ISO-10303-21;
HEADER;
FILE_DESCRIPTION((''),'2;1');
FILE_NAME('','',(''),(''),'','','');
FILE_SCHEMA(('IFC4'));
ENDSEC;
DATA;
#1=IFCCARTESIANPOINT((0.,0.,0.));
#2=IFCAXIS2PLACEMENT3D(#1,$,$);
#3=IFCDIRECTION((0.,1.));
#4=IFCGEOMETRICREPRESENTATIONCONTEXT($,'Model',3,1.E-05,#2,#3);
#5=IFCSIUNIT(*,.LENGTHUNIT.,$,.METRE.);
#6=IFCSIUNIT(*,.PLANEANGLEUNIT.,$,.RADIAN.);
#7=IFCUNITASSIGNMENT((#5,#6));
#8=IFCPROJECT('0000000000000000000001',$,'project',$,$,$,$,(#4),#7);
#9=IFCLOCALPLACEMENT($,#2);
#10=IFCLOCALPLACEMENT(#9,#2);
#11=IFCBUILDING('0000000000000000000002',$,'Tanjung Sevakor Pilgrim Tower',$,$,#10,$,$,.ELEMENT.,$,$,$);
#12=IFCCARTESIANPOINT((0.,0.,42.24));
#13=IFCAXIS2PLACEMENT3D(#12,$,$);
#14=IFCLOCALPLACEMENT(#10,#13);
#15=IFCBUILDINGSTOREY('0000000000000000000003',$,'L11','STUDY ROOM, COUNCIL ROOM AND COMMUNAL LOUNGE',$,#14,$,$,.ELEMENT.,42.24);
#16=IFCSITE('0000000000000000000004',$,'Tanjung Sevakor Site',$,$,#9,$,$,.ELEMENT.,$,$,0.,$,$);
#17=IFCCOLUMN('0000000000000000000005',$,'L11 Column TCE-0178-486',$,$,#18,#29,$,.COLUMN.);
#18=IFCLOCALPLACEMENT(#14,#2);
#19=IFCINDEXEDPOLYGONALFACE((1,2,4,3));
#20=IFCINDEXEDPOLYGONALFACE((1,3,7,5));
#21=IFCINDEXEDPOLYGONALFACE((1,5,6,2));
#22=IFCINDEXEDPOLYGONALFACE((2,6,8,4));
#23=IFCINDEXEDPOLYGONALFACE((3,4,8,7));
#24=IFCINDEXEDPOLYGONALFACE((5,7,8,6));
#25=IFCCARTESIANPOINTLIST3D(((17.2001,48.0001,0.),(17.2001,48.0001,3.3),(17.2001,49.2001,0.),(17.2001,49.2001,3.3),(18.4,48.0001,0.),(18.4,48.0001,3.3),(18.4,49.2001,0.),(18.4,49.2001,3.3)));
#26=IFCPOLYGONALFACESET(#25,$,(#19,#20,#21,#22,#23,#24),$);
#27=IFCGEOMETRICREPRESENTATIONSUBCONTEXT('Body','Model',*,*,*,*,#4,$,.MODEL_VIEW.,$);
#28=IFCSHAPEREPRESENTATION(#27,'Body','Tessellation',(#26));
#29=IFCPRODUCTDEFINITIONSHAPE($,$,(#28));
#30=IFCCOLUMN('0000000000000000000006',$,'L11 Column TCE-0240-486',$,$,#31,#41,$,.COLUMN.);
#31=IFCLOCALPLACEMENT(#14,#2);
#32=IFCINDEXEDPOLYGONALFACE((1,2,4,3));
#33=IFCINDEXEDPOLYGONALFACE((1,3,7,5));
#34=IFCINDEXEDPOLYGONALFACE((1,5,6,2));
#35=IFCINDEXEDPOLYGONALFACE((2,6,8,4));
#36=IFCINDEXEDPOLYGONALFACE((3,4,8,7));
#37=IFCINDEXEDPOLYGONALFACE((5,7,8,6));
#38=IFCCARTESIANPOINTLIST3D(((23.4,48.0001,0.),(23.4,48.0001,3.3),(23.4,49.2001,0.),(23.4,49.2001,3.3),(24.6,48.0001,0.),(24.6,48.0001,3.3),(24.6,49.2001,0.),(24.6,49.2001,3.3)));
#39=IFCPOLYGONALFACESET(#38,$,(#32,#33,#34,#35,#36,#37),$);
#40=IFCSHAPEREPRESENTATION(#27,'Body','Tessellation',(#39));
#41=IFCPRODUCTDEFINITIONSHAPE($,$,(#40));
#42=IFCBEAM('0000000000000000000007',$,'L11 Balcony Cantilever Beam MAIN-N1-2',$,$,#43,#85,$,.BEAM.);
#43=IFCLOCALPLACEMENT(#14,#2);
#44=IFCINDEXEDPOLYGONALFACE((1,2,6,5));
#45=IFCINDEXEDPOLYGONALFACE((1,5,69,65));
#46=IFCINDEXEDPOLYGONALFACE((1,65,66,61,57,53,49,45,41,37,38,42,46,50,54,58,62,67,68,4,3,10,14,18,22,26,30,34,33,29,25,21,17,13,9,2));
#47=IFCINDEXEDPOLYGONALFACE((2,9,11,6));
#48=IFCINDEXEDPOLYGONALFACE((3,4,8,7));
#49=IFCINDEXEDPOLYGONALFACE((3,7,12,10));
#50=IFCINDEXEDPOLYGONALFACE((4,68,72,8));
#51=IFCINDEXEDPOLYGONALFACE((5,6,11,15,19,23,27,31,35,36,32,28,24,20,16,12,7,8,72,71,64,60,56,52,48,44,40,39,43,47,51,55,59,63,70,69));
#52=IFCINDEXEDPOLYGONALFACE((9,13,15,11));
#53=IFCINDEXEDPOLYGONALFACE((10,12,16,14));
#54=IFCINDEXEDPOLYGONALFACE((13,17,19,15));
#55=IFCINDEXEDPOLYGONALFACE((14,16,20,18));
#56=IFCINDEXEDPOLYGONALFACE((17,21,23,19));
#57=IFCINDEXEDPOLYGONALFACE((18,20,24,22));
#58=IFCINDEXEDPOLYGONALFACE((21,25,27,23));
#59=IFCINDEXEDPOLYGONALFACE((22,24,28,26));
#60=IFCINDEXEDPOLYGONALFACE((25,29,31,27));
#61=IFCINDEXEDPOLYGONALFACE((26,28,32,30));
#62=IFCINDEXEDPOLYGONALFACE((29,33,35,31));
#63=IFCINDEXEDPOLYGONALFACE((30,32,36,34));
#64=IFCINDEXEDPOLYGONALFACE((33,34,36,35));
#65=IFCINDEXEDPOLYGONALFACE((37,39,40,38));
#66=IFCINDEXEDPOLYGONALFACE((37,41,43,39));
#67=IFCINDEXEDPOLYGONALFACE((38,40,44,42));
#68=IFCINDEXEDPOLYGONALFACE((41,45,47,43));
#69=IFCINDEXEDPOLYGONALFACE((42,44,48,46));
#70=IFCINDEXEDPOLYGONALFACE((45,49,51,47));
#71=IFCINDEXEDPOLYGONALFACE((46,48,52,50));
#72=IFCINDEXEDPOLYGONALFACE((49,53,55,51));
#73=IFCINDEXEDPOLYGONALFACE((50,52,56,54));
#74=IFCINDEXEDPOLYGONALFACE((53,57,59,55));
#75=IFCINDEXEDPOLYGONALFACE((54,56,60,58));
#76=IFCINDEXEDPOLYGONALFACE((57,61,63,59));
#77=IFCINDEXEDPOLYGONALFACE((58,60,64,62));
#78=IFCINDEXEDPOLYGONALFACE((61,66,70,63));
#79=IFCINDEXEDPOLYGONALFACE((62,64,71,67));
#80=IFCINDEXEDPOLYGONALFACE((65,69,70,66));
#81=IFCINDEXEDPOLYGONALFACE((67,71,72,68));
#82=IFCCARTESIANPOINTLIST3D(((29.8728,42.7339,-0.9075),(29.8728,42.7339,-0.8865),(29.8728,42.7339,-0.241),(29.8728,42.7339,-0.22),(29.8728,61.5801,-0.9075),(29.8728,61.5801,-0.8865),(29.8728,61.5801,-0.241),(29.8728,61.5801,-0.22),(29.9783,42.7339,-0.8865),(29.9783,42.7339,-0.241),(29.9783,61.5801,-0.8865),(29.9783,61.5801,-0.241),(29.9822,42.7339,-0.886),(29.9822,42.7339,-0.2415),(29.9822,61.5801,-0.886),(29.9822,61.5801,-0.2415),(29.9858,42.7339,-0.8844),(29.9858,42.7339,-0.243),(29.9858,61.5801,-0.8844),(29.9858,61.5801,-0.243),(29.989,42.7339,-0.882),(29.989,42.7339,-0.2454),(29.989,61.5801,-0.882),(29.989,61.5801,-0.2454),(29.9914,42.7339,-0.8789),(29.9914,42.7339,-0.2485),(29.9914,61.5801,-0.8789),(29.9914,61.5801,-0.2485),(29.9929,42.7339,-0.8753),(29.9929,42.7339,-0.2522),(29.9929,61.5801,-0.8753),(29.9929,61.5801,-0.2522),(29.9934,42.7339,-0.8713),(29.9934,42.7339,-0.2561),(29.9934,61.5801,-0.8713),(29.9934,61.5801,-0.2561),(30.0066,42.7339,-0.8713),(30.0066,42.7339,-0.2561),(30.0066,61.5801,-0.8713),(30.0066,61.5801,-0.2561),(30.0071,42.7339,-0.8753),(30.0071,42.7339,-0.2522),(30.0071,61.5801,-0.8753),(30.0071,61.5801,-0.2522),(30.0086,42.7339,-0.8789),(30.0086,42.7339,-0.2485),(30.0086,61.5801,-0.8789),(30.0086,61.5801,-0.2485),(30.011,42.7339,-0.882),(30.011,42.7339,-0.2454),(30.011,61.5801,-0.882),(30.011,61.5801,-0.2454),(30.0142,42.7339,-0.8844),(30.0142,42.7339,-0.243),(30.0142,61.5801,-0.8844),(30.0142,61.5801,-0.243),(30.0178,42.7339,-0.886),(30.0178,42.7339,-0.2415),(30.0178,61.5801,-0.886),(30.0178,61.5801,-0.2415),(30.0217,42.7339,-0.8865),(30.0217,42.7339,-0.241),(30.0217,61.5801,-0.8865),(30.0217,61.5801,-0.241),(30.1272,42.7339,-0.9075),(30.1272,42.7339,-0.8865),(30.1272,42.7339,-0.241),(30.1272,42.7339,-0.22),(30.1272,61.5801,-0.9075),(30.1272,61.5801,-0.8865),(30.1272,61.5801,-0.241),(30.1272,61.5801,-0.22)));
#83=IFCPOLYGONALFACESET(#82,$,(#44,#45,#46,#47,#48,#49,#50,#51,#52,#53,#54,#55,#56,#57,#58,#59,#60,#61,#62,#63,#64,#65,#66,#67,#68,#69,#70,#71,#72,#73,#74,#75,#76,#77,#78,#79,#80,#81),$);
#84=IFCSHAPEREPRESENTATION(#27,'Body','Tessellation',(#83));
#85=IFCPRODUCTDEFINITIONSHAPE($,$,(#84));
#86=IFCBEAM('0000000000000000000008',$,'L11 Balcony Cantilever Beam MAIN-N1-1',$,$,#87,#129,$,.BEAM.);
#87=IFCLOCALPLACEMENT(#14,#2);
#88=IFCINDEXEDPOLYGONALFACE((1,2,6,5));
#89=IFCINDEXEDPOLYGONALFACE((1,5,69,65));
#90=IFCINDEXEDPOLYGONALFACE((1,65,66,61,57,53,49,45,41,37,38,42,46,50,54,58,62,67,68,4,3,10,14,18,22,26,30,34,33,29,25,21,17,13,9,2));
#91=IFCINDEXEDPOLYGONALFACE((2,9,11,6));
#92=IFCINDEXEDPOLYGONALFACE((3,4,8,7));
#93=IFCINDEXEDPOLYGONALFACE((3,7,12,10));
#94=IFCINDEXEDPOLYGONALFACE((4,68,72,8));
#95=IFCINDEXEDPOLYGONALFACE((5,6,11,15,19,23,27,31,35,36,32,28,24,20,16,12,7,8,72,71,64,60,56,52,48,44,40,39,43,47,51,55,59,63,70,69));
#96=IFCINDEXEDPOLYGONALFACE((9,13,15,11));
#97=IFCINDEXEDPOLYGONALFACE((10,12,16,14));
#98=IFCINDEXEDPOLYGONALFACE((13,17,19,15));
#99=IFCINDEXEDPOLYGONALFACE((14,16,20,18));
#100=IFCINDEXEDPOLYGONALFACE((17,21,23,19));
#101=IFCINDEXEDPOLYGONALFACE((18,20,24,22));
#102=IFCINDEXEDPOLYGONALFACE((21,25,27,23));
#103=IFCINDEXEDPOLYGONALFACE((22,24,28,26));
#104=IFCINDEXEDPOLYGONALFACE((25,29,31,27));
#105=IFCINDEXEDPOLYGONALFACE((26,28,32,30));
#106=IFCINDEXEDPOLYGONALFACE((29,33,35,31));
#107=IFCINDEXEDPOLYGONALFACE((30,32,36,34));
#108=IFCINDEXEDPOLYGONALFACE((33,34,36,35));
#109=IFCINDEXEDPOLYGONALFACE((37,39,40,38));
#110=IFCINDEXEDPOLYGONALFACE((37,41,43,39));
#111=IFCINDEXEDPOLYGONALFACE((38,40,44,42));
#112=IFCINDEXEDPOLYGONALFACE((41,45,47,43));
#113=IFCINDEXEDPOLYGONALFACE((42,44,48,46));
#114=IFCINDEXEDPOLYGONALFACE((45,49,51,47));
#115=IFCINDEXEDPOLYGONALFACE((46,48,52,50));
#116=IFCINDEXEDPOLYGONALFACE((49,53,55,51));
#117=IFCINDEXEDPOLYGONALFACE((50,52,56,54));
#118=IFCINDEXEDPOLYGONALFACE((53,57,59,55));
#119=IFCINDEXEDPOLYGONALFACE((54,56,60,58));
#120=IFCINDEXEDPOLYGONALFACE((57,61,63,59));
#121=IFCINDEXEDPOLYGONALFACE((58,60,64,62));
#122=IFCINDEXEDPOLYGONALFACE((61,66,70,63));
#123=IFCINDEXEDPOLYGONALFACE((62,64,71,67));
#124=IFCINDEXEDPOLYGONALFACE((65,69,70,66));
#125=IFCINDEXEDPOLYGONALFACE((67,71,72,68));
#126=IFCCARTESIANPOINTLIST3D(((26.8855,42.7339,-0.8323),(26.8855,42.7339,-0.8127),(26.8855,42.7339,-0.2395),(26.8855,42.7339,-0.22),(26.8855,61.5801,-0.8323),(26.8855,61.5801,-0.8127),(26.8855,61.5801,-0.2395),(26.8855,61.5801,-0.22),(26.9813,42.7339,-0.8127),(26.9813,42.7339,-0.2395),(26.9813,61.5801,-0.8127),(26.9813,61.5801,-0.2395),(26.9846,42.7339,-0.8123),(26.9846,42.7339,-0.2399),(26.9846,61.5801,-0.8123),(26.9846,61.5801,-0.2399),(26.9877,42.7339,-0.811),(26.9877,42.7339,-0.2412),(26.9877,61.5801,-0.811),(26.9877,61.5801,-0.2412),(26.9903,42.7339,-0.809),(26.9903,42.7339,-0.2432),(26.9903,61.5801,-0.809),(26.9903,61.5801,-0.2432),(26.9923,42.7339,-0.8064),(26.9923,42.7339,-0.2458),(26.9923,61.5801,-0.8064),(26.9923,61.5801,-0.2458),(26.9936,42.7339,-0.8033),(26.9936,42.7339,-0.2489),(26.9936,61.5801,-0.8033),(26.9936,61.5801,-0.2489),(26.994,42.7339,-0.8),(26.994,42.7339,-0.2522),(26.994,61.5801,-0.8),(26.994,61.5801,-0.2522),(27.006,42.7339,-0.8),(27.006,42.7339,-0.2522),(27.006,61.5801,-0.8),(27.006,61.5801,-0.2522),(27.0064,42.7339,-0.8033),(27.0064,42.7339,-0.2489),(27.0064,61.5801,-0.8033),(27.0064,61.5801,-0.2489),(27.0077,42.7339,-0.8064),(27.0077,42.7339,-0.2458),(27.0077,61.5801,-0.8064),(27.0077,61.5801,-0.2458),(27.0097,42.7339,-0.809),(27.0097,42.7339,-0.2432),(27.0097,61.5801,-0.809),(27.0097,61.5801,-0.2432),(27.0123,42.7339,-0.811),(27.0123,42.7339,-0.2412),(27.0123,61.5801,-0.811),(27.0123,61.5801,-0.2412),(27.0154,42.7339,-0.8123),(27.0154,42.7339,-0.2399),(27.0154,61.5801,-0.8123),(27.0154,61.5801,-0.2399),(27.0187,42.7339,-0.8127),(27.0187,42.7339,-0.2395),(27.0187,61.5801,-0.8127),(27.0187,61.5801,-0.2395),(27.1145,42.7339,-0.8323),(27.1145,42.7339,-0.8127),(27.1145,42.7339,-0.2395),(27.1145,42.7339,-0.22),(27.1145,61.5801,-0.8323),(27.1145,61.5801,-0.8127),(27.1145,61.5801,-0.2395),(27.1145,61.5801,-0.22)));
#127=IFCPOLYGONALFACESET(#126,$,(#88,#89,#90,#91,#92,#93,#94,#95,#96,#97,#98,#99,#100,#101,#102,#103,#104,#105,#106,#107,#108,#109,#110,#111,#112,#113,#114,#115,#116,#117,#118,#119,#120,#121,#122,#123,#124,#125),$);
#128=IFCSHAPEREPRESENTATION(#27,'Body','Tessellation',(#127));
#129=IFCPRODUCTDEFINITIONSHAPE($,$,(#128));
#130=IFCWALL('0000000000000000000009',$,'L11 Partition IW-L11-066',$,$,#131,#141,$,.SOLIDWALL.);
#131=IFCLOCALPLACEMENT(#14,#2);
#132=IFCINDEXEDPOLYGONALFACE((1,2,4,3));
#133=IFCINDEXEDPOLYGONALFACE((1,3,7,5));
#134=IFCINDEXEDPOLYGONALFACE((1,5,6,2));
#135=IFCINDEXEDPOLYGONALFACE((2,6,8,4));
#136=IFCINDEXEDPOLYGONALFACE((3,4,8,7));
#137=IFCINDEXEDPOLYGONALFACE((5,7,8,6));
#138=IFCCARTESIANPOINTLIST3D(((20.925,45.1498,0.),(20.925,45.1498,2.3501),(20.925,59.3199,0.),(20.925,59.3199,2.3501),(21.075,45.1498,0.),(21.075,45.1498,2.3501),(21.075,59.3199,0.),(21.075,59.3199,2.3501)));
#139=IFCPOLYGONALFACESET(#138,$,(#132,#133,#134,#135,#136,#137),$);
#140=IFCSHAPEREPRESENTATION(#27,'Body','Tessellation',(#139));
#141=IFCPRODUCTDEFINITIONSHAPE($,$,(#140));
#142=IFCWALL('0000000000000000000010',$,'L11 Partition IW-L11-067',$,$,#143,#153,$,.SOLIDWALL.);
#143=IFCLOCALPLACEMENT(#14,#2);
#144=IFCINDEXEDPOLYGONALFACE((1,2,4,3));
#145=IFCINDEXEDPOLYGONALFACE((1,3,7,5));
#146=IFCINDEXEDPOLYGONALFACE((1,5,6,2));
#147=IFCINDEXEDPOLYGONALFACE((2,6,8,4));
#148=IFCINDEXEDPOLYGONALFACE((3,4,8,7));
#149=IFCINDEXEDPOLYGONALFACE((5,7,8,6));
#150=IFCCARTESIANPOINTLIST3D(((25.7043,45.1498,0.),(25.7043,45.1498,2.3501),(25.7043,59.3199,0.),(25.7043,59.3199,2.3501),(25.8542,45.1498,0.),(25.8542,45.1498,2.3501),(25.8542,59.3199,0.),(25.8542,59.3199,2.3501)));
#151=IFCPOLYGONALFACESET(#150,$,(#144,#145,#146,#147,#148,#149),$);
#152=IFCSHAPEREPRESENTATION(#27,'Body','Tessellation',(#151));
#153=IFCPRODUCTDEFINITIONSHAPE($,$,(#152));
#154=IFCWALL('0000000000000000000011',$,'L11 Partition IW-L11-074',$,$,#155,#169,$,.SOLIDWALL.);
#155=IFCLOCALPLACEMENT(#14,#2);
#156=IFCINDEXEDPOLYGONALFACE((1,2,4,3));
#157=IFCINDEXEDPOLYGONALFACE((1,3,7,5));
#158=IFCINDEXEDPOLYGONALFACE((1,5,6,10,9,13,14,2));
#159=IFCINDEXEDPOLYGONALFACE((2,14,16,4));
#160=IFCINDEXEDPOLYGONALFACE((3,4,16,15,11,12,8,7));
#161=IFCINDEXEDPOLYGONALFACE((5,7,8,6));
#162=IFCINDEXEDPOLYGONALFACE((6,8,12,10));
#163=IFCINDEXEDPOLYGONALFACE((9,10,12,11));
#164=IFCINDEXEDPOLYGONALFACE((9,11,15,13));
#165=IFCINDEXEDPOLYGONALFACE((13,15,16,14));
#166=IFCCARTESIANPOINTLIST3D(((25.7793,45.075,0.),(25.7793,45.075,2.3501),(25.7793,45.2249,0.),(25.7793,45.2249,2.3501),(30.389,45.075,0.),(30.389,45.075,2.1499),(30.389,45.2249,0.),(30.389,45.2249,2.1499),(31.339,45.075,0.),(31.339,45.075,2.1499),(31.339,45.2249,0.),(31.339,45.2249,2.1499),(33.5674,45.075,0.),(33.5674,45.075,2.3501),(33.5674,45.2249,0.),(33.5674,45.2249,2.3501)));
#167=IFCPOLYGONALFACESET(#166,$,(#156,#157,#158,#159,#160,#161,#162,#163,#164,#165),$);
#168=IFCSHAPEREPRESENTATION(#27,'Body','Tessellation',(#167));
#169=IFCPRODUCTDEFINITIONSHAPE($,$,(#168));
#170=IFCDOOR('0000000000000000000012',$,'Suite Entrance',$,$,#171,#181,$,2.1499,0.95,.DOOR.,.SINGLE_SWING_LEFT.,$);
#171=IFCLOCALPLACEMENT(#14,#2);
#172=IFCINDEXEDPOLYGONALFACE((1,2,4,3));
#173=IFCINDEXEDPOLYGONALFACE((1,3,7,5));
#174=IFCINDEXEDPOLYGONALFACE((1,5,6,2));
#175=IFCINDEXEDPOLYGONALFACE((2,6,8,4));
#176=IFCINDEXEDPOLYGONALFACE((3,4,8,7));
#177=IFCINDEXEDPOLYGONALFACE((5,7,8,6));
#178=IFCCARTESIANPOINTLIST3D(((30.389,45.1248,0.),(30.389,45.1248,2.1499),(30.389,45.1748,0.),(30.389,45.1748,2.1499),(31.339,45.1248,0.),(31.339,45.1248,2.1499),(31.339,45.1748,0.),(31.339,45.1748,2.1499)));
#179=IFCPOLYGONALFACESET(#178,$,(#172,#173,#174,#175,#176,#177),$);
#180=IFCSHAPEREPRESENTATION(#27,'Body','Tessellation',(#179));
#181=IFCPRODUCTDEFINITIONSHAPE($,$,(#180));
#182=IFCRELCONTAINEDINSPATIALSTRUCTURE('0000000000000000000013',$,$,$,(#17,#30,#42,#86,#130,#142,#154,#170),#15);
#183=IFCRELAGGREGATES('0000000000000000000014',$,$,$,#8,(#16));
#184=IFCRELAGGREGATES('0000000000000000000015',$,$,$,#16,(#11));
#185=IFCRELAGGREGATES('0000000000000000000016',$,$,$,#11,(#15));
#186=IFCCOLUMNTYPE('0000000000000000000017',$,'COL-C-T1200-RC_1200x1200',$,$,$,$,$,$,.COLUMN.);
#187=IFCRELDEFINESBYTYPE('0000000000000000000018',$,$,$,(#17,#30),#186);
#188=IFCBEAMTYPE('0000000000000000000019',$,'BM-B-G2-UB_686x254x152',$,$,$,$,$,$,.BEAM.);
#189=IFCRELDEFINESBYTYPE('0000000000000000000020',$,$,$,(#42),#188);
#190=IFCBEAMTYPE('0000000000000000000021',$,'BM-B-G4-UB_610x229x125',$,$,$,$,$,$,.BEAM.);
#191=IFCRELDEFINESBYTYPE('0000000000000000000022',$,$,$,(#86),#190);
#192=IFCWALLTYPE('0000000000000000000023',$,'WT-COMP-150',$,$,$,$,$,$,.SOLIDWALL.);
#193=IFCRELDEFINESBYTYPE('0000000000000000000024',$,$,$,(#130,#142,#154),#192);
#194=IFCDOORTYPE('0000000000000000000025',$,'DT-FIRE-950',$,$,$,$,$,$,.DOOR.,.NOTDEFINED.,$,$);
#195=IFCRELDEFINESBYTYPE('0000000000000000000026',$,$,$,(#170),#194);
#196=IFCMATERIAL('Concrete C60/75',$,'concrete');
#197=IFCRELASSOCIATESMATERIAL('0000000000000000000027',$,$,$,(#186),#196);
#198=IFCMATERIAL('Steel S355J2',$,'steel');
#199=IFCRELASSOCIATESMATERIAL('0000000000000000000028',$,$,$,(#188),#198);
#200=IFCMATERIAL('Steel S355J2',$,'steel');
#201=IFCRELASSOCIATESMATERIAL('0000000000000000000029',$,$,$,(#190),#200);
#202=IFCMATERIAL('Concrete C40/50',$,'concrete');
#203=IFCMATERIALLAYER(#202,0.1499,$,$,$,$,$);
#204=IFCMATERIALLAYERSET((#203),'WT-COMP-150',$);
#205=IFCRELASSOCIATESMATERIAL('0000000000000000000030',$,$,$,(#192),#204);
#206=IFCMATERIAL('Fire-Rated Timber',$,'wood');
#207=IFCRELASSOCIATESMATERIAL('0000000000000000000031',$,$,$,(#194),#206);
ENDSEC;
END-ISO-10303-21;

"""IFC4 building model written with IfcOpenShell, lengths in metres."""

from ifc_helpers import new_model, si_unit, direction, frame, frame_2d, origin, origin_2d, place, context, subcontext, project, spatial, rectangle, i_section, extrude, material, layer, layer_set, material_profile, profile_set, type_object, element, fill, save


model = new_model("IFC4")

# Units and contexts
model_context = context("Model", 3, precision=1e-05, world=origin(), true_north=direction((0.0, 1.0)))
body_context = subcontext(model_context, "Body", "Model", "MODEL_VIEW")
ifc_project = project(units=[si_unit("LENGTHUNIT", "METRE"), si_unit("PLANEANGLEUNIT", "RADIAN")], contexts=[model_context])

# Site, building, storey
site_placement = place(None, origin())
site = spatial("IfcSite", under=ifc_project, at=site_placement, Name="Tanjung Sevakor Site", CompositionType="ELEMENT", RefElevation=0.0)
building_placement = place(site_placement, origin())
building = spatial("IfcBuilding", under=site, at=building_placement, Name="Tanjung Sevakor Pilgrim Tower", CompositionType="ELEMENT")
storey_placement = place(building_placement, frame((0.0, 0.0, 42.24)))
storey = spatial("IfcBuildingStorey", under=building, at=storey_placement, Name="L11", Description="STUDY ROOM, COUNCIL ROOM AND COMMUNAL LOUNGE", CompositionType="ELEMENT", Elevation=42.24)

# Columns
ifc_material_1 = material(Name="Concrete C60/75", Category="concrete")
ifc_material_profile_1 = material_profile(ifc_material_1, rectangle(XDim=1.2, YDim=1.2, at=origin_2d()))
ifc_profile_set_1 = profile_set([ifc_material_profile_1], Name="Concrete C60/75")
column_type = type_object("IfcColumnType", Name="COL-C-T1200-RC_1200x1200", PredefinedType="COLUMN", material=ifc_profile_set_1)
for number, where, z_axis, x_axis, name in (
    (1, (17.8, 48.6001, 0.0), (0.0, 0.0, 1.0), (1.0, 0.0, 0.0), "L11 Column TCE-0178-486"),
    (2, (24.0, 48.6001, 0.0), (0.0, 0.0, 1.0), (1.0, 0.0, 0.0), "L11 Column TCE-0240-486"),
):
    element("IfcColumn", number, at=place(storey_placement, frame(where, z_axis=z_axis, x_axis=x_axis)), inside=storey, type_object=column_type, Name=name, PredefinedType="COLUMN", context=body_context, shape_type="SweptSolid", body=[
        extrude(rectangle(XDim=1.2, YDim=1.2, at=origin_2d()), origin(), (0.0, 0.0, 1.0), 3.3),
    ])

# Beams
ifc_material_2 = material(Name="Steel S355J2", Category="steel")
ifc_material_profile_2 = material_profile(ifc_material_2, i_section(OverallWidth=0.2544, OverallDepth=0.6875, WebThickness=0.0132, FlangeThickness=0.021, FilletRadius=0.0151, at=origin_2d()))
ifc_profile_set_2 = profile_set([ifc_material_profile_2], Name="Steel S355J2")
beam_type_1 = type_object("IfcBeamType", Name="BM-B-G2-UB_686x254x152", PredefinedType="BEAM", material=ifc_profile_set_2)
beam_1_placement = place(storey_placement, frame((30.0, 42.7339, -0.5637), z_axis=(0.0, 1.0, 0.0), x_axis=(-1.0, 0.0, 0.0)))
element("IfcBeam", 3, at=beam_1_placement, inside=storey, type_object=beam_type_1, Name="L11 Balcony Cantilever Beam MAIN-N1-2", PredefinedType="BEAM", context=body_context, shape_type="SweptSolid", body=[
    extrude(i_section(OverallWidth=0.2544, OverallDepth=0.6875, WebThickness=0.0132, FlangeThickness=0.021, FilletRadius=0.0151, at=origin_2d()), origin(), (0.0, 0.0, 1.0), 18.8462),
])
ifc_material_3 = material(Name="Steel S355J2", Category="steel")
ifc_material_profile_3 = material_profile(ifc_material_3, i_section(OverallWidth=0.229, OverallDepth=0.6123, WebThickness=0.012, FlangeThickness=0.0195, FilletRadius=0.0127, at=origin_2d()))
ifc_profile_set_3 = profile_set([ifc_material_profile_3], Name="Steel S355J2")
beam_type_2 = type_object("IfcBeamType", Name="BM-B-G4-UB_610x229x125", PredefinedType="BEAM", material=ifc_profile_set_3)
beam_2_placement = place(storey_placement, frame((27.0, 42.7339, -0.5261), z_axis=(0.0, 1.0, 0.0), x_axis=(-1.0, 0.0, 0.0)))
element("IfcBeam", 4, at=beam_2_placement, inside=storey, type_object=beam_type_2, Name="L11 Balcony Cantilever Beam MAIN-N1-1", PredefinedType="BEAM", context=body_context, shape_type="SweptSolid", body=[
    extrude(i_section(OverallWidth=0.229, OverallDepth=0.6123, WebThickness=0.012, FlangeThickness=0.0195, FilletRadius=0.0127, at=origin_2d()), origin(), (0.0, 0.0, 1.0), 18.8462),
])

# Walls
ifc_material_4 = material(Name="Concrete C40/50", Category="concrete")
ifc_layer_1 = layer(ifc_material_4, 0.1499)
ifc_layer_set_1 = layer_set([ifc_layer_1], Name="WT-COMP-150")
wall_type_1 = type_object("IfcWallType", Name="WT-COMP-150", PredefinedType="SOLIDWALL", material=ifc_layer_set_1)
for number, where, z_axis, x_axis, name in (
    (5, (21.0, 45.1499, 0.0), (0.0, 0.0, 1.0), (0.0, 1.0, 0.0), "L11 Partition IW-L11-066"),
    (6, (25.7793, 45.1499, 0.0), (0.0, 0.0, 1.0), (0.0, 1.0, 0.0), "L11 Partition IW-L11-067"),
):
    element("IfcWall", number, at=place(storey_placement, frame(where, z_axis=z_axis, x_axis=x_axis)), inside=storey, type_object=wall_type_1, Name=name, PredefinedType="SOLIDWALL", context=body_context, shape_type="SweptSolid", body=[
        extrude(rectangle(XDim=14.1702, YDim=0.1499, at=frame_2d((7.085, 0.0))), origin(), (0.0, 0.0, 1.0), 2.3501),
    ])

# Wall, opening, door
ifc_material_5 = material(Name="Fire-Rated Timber", Category="wood")
door_type_1 = type_object("IfcDoorType", Name="DT-FIRE-950", OperationType="NOTDEFINED", PredefinedType="DOOR", material=ifc_material_5)
wall_1_placement = place(storey_placement, frame((25.7793, 45.1499, 0.0), z_axis=(0.0, 0.0, 1.0), x_axis=(1.0, 0.0, 0.0)))
wall_1 = element("IfcWall", 7, at=wall_1_placement, inside=storey, type_object=wall_type_1, Name="L11 Partition IW-L11-074", PredefinedType="SOLIDWALL", context=body_context, shape_type="SweptSolid", body=[
    extrude(rectangle(XDim=7.7881, YDim=0.1499, at=frame_2d((3.894, 0.0))), origin(), (0.0, 0.0, 1.0), 2.3501),
])
opening_1_placement = place(wall_1_placement, frame((4.6096, 0.0, 0.0)))
opening_1 = element("IfcOpeningElement", 8, at=opening_1_placement, cuts=wall_1, PredefinedType="OPENING", context=body_context, shape_type="SweptSolid", body=[
    extrude(rectangle(XDim=0.95, YDim=2.1499, at=frame_2d((0.4751, 1.075))), frame((0.0, 0.085, 0.0), z_axis=(0.0, -1.0, 0.0), x_axis=(1.0, 0.0, 0.0)), (0.0, 0.0, 1.0), 0.1699),
])
door_1_placement = place(opening_1_placement, origin())
door_1 = element("IfcDoor", 9, at=door_1_placement, inside=storey, type_object=door_type_1, Name="Suite Entrance", OperationType="SINGLE_SWING_LEFT", OverallHeight=2.1499, OverallWidth=0.95, PredefinedType="DOOR", context=body_context, shape_type="SweptSolid", body=[
    extrude(rectangle(XDim=0.95, YDim=2.1499, at=frame_2d((0.4751, 1.075))), frame((0.0, 0.0249, 0.0), z_axis=(0.0, -1.0, 0.0), x_axis=(1.0, 0.0, 0.0)), (0.0, 0.0, 1.0), 0.05),
])
fill(opening_1, door_1)

save(model, "model.ifc")
